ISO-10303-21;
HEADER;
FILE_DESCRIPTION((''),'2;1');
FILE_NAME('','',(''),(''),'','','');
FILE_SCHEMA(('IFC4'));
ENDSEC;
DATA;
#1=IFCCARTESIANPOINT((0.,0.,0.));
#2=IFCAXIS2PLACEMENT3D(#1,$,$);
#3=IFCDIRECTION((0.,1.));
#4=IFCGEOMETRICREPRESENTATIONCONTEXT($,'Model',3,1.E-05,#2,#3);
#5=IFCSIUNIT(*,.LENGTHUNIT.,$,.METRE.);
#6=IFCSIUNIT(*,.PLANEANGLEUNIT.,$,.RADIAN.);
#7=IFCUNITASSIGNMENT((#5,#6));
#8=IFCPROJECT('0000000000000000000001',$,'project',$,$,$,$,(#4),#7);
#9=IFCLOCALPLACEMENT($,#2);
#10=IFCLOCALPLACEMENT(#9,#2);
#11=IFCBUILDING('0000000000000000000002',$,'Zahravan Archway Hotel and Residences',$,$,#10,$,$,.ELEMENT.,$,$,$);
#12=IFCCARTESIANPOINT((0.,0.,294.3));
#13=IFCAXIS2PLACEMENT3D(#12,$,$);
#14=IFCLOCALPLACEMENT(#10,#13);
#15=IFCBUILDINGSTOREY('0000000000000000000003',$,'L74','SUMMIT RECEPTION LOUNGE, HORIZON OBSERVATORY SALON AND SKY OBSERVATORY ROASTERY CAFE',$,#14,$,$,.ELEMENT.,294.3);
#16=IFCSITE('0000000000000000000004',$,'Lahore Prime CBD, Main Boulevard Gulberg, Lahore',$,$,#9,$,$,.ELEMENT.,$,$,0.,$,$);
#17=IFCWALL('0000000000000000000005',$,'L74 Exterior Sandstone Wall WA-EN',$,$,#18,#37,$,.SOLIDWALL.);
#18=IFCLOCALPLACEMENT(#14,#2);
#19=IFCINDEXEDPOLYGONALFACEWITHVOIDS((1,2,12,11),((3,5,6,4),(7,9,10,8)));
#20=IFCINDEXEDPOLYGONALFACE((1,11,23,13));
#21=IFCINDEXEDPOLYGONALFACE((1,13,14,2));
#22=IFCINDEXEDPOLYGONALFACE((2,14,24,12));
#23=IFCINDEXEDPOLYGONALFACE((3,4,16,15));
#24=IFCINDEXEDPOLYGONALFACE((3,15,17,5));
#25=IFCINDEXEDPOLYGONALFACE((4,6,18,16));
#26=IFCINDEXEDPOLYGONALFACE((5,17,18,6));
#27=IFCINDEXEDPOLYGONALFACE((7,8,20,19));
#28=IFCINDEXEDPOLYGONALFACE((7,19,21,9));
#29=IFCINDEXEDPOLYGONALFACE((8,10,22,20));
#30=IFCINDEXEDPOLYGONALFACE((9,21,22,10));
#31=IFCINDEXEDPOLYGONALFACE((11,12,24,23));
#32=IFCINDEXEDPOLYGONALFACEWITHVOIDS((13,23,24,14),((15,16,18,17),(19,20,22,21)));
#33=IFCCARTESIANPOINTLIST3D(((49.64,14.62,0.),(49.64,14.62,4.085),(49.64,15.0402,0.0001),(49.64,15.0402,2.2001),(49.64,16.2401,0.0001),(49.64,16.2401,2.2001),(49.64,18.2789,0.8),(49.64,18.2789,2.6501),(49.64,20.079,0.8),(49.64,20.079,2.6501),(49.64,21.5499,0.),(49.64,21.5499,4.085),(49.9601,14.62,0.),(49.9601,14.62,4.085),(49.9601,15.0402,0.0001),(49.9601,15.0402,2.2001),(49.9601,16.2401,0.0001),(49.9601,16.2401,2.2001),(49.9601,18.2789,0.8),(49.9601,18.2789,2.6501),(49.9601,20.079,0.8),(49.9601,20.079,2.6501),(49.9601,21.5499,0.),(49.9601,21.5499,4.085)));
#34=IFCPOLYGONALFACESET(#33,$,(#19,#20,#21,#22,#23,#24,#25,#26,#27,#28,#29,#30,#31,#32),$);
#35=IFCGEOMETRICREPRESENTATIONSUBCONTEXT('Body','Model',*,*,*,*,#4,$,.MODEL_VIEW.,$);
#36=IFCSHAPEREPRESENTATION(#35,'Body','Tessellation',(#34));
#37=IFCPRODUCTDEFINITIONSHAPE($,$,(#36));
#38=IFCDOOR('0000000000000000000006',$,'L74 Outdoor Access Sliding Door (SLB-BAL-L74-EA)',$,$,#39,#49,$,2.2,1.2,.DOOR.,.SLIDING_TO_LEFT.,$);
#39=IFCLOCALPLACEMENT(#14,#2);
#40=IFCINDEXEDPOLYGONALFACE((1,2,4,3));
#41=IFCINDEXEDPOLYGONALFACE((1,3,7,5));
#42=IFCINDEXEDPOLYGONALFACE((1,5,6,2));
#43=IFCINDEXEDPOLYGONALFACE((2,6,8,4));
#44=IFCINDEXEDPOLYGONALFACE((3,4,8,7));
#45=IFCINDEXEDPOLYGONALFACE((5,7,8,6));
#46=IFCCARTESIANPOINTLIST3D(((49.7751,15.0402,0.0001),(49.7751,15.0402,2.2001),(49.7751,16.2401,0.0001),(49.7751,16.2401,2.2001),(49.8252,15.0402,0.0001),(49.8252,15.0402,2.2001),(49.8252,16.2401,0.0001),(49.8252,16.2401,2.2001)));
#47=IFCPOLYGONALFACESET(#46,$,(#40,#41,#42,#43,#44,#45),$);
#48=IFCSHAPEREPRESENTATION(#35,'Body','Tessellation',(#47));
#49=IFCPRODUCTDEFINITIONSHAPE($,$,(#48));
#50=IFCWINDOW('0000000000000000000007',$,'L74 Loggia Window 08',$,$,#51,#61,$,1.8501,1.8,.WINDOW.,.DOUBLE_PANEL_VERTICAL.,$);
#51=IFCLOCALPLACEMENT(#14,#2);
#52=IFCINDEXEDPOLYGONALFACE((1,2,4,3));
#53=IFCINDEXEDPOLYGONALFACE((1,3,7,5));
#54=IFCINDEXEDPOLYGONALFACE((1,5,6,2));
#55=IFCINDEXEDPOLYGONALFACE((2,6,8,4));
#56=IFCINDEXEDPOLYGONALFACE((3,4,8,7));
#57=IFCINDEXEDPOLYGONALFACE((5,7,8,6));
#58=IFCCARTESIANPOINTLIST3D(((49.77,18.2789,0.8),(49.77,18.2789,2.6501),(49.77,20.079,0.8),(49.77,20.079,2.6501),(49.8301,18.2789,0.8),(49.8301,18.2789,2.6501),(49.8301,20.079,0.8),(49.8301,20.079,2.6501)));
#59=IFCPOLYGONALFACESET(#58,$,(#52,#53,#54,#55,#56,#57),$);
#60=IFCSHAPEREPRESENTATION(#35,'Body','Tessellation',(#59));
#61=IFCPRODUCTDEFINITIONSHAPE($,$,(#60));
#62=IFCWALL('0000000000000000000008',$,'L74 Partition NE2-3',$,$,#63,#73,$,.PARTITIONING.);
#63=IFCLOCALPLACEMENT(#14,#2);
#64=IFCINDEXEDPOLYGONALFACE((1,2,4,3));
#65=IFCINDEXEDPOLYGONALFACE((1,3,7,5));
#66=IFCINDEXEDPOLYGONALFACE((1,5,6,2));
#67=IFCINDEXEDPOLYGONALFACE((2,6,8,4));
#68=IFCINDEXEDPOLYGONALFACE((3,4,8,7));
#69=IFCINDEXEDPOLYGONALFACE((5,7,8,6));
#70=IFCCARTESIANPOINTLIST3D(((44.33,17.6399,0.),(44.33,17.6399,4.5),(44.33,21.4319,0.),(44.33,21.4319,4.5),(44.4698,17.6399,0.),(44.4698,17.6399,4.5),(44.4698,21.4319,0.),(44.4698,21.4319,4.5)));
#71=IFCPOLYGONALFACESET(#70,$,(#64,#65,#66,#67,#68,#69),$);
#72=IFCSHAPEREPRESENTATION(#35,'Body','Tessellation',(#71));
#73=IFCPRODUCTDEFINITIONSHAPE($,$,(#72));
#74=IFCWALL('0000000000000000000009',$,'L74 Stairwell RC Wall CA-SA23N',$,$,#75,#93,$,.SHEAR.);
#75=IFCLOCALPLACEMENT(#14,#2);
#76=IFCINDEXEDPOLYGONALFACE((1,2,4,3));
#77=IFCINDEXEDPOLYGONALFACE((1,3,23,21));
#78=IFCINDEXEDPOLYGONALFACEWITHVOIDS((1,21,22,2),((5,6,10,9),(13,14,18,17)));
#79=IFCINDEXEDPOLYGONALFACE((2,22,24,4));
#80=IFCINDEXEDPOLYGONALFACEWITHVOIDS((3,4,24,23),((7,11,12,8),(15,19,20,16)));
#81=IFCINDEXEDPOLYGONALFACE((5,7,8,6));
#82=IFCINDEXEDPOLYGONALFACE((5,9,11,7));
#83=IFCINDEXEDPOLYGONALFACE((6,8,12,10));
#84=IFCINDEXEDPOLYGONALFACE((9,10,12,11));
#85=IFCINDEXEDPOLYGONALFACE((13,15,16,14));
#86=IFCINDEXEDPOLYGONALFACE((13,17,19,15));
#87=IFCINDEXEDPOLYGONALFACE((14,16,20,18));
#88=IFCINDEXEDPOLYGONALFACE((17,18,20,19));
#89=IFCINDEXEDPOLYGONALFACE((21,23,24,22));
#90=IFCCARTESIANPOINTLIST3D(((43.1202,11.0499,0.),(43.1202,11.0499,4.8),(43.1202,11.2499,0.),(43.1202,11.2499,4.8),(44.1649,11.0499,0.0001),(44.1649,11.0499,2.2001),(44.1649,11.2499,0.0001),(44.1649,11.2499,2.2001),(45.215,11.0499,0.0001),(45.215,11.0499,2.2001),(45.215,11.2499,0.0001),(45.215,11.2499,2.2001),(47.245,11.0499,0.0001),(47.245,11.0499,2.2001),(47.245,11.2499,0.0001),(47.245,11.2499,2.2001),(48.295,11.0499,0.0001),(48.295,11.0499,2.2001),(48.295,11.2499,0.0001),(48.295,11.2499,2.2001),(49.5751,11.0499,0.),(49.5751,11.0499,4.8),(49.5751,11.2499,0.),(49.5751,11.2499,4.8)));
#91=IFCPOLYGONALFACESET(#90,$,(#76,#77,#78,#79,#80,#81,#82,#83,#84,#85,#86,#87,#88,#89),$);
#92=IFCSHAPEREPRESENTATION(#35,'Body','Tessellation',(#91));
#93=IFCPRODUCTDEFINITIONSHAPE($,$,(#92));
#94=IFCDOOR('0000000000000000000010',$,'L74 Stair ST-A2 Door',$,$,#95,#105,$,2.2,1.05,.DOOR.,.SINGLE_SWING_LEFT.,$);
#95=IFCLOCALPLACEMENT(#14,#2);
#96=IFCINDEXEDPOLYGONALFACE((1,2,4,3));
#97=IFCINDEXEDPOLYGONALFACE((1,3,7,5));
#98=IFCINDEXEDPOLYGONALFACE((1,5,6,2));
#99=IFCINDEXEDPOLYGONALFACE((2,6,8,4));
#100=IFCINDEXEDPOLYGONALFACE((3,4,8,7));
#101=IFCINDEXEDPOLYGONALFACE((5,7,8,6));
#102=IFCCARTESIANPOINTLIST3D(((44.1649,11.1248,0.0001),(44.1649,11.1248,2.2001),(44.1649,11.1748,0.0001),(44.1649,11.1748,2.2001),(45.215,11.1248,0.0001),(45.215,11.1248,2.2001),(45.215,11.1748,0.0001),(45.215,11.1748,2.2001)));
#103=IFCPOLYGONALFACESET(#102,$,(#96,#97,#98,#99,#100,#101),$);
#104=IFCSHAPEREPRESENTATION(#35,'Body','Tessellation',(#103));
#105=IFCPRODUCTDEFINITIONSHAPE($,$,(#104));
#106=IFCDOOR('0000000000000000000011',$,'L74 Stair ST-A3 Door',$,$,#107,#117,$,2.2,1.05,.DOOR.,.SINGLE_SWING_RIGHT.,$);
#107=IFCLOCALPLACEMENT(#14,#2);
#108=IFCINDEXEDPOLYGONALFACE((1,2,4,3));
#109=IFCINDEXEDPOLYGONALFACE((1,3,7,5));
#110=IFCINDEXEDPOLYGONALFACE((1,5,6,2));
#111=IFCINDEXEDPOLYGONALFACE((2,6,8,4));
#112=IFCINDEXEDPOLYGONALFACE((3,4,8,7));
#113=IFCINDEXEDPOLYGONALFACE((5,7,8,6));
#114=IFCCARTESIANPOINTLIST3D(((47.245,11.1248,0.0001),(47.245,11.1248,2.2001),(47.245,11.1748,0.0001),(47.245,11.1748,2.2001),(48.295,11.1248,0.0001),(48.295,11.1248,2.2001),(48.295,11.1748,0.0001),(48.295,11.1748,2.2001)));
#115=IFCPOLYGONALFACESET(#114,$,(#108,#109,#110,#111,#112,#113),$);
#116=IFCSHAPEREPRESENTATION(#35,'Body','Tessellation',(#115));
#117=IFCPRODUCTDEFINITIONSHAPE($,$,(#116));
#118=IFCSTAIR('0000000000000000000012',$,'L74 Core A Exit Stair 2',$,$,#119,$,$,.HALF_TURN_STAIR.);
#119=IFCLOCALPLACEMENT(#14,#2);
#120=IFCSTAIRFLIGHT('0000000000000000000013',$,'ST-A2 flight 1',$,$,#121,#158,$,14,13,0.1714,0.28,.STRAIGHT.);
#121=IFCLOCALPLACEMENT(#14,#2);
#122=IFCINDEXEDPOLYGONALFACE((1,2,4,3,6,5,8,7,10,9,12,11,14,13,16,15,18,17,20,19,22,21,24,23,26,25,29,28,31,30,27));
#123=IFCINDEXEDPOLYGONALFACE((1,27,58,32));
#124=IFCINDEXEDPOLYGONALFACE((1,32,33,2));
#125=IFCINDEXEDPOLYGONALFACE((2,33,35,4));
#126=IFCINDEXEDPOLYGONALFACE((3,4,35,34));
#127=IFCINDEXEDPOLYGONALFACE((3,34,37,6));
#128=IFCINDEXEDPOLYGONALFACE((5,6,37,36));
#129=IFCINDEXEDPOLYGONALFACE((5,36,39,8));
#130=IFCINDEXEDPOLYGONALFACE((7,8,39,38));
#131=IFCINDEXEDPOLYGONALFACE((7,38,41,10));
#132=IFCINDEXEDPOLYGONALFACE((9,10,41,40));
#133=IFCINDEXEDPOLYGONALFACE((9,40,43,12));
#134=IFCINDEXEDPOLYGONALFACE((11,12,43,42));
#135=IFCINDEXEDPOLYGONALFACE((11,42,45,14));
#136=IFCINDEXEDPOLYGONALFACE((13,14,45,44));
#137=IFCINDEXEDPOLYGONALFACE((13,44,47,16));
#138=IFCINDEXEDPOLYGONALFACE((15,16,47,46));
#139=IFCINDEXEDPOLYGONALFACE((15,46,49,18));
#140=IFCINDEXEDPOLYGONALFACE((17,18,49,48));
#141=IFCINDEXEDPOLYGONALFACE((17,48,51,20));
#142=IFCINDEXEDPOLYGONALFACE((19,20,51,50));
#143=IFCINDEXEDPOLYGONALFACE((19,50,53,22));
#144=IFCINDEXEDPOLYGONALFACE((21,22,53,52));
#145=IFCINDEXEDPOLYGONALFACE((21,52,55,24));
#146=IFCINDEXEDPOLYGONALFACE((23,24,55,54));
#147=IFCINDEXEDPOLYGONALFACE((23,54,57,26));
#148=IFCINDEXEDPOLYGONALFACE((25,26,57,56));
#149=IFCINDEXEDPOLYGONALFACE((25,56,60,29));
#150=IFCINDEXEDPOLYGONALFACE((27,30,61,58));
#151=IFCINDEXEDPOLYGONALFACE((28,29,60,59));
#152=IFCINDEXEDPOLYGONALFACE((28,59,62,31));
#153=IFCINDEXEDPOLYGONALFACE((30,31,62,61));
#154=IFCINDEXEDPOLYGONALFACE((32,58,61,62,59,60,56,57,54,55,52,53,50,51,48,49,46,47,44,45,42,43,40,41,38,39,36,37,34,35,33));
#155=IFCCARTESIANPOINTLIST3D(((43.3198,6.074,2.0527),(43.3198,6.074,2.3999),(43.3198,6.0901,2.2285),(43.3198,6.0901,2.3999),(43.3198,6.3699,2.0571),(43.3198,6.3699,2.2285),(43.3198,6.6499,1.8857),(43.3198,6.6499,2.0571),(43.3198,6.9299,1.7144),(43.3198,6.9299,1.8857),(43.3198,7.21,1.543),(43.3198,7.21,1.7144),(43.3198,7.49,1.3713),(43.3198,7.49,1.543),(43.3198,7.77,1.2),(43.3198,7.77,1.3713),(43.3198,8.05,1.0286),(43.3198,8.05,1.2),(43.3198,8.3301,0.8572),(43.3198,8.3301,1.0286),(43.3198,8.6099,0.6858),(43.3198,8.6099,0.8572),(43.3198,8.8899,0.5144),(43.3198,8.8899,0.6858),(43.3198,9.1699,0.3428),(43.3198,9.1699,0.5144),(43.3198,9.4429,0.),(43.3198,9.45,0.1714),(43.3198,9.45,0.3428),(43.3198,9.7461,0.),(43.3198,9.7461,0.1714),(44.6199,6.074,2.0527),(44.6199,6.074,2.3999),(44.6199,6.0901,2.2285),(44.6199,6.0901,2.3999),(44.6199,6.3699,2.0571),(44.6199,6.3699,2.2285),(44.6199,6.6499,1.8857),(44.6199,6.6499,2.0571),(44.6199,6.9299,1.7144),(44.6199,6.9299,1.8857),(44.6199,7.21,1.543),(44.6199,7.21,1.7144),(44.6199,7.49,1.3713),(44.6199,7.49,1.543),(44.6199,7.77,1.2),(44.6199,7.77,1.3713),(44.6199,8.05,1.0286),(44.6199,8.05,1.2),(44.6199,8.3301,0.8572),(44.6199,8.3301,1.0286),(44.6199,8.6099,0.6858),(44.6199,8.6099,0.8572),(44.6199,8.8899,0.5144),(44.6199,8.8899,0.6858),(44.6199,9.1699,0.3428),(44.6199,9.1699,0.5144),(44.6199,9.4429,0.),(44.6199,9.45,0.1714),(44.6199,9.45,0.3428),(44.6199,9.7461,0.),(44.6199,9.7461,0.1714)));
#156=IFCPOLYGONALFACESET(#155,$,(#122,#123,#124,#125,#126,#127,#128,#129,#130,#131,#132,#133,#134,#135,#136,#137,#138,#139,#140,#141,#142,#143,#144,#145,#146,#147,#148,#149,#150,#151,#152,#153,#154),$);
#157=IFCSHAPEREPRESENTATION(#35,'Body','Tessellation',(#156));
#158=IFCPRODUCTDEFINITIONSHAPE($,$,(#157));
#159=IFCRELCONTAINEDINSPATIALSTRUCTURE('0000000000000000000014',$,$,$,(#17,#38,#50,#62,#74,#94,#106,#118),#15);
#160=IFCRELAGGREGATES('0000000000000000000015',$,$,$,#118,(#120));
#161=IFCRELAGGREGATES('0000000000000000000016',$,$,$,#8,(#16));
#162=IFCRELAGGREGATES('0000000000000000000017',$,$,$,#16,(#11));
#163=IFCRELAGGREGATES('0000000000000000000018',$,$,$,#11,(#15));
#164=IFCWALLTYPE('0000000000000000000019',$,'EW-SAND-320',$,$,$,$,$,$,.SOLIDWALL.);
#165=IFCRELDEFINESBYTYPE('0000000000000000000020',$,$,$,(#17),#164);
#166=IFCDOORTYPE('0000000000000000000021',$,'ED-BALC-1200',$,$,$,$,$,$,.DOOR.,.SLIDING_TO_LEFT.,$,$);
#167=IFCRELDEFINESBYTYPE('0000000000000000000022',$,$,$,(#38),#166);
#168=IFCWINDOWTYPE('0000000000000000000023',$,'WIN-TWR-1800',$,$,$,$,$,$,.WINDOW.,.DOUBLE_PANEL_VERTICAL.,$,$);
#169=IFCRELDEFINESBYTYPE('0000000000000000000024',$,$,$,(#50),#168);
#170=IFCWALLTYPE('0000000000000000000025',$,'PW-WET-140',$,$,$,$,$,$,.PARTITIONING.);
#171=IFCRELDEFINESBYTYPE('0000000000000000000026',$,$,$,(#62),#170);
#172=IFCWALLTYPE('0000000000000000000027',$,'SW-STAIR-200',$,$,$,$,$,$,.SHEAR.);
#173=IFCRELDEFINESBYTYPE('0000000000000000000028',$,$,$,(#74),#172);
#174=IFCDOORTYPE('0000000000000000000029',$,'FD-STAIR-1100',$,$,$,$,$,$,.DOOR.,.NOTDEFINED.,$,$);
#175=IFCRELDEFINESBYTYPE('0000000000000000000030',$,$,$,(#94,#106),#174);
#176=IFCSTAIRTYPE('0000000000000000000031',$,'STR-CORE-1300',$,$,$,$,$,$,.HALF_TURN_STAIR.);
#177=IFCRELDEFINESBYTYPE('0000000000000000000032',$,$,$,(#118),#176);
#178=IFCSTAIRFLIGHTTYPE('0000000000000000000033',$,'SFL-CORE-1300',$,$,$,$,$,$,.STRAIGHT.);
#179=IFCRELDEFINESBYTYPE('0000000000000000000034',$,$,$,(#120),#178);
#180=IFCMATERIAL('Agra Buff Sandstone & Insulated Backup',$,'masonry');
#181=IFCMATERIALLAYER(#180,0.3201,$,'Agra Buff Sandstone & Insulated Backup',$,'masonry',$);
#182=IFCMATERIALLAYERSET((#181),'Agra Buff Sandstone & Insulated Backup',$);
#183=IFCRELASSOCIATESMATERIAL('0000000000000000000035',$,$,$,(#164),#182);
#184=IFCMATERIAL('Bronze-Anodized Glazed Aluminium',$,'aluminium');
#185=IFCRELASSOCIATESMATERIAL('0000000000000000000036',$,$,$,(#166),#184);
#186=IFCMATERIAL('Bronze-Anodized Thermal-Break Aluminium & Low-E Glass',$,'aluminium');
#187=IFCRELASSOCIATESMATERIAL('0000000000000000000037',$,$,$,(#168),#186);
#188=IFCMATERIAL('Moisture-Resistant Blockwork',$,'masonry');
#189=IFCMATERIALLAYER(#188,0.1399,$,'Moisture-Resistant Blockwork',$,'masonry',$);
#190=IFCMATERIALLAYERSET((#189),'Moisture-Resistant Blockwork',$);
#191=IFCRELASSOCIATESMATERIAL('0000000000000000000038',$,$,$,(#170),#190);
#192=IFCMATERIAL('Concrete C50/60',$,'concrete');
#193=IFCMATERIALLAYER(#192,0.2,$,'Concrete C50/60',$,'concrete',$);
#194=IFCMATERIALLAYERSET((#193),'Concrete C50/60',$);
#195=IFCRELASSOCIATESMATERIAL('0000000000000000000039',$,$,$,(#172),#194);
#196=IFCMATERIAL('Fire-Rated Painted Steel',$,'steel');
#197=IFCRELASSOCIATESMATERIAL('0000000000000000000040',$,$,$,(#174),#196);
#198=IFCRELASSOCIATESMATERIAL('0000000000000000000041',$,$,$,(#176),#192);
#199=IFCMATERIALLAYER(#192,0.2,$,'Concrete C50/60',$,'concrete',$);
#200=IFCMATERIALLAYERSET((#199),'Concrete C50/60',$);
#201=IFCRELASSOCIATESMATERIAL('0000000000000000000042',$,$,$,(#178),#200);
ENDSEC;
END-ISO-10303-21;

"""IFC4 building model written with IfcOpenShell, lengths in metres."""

from ifc_helpers import new_model, si_unit, direction, frame, frame_2d, origin, place, context, subcontext, project, spatial, polyline, rectangle, outline, extrude, source, transform, mapped, material, layer, layer_set, type_object, type_shapes, element, fill, aggregate, save


model = new_model("IFC4")

# Units and contexts
model_context = context("Model", 3, precision=1e-05, world=origin(), true_north=direction((0.0, 1.0)))
body_context = subcontext(model_context, "Body", "Model", "MODEL_VIEW")
ifc_project = project(units=[si_unit("LENGTHUNIT", "METRE"), si_unit("PLANEANGLEUNIT", "RADIAN")], contexts=[model_context])

# Site, building, storey
site_placement = place(None, origin())
site = spatial("IfcSite", under=ifc_project, at=site_placement, Name="Lahore Prime CBD, Main Boulevard Gulberg, Lahore", CompositionType="ELEMENT", RefElevation=0.0)
building_placement = place(site_placement, origin())
building = spatial("IfcBuilding", under=site, at=building_placement, Name="Zahravan Archway Hotel and Residences", CompositionType="ELEMENT")
storey_placement = place(building_placement, frame((0.0, 0.0, 294.3)))
storey = spatial("IfcBuildingStorey", under=building, at=storey_placement, Name="L74", Description="SUMMIT RECEPTION LOUNGE, HORIZON OBSERVATORY SALON AND SKY OBSERVATORY ROASTERY CAFE", CompositionType="ELEMENT", Elevation=294.3)

# Shared definitions
ifc_material_1 = material(Name="Concrete C50/60", Category="concrete")

# Wall, openings, door, window
ifc_material_2 = material(Name="Agra Buff Sandstone & Insulated Backup", Category="masonry")
ifc_layer_1 = layer(ifc_material_2, 0.3201, Name="Agra Buff Sandstone & Insulated Backup", Category="masonry")
ifc_layer_set_1 = layer_set([ifc_layer_1], Name="Agra Buff Sandstone & Insulated Backup")
wall_type_1 = type_object("IfcWallType", Name="EW-SAND-320", PredefinedType="SOLIDWALL", material=ifc_layer_set_1)
wall_1_placement = place(storey_placement, frame((49.8, 14.6201, 0.0), z_axis=(0.0, 0.0, 1.0), x_axis=(0.0, 1.0, 0.0)))
wall_1 = element("IfcWall", 1, at=wall_1_placement, inside=storey, type_object=wall_type_1, Name="L74 Exterior Sandstone Wall WA-EN", PredefinedType="SOLIDWALL", context=body_context, shape_type="SweptSolid", body=[
    extrude(rectangle(XDim=6.9299, YDim=0.3201, at=frame_2d((3.4648, 0.0))), origin(), (0.0, 0.0, 1.0), 4.085),
])
opening_1_placement = place(wall_1_placement, frame((0.4199, 0.0, 0.0)))
opening_1 = element("IfcOpeningElement", 2, at=opening_1_placement, cuts=wall_1, PredefinedType="OPENING", context=body_context, shape_type="SweptSolid", body=[
    extrude(rectangle(XDim=1.2, YDim=2.2, at=frame_2d((0.6001, 1.1001))), frame((0.0, 0.1699, 0.0), z_axis=(0.0, -1.0, 0.0), x_axis=(1.0, 0.0, 0.0)), (0.0, 0.0, 1.0), 0.3401),
])
opening_2_placement = place(wall_1_placement, frame((3.6589, 0.0, 0.8)))
opening_2 = element("IfcOpeningElement", 3, at=opening_2_placement, cuts=wall_1, PredefinedType="OPENING", context=body_context, shape_type="SweptSolid", body=[
    extrude(rectangle(XDim=1.8, YDim=1.8501, at=frame_2d((0.8999, 0.925))), frame((0.0, 0.1699, 0.0), z_axis=(0.0, -1.0, 0.0), x_axis=(1.0, 0.0, 0.0)), (0.0, 0.0, 1.0), 0.3401),
])
ifc_material_3 = material(Name="Bronze-Anodized Glazed Aluminium", Category="aluminium")
door_type_1 = type_object("IfcDoorType", Name="ED-BALC-1200", OperationType="SLIDING_TO_LEFT", PredefinedType="DOOR", material=ifc_material_3)
shared_shape_1 = source(origin(), body_context, "Body", "SweptSolid", [
    extrude(rectangle(XDim=1.2, YDim=2.2, at=frame_2d((0.6001, 1.1001))), frame((0.0, 0.0249, 0.0), z_axis=(0.0, -1.0, 0.0), x_axis=(1.0, 0.0, 0.0)), (0.0, 0.0, 1.0), 0.05),
])
type_shapes(door_type_1, [shared_shape_1])
door_1_placement = place(opening_1_placement, origin())
door_1 = element("IfcDoor", 4, at=door_1_placement, inside=storey, type_object=door_type_1, Name="L74 Outdoor Access Sliding Door (SLB-BAL-L74-EA)", OperationType="SLIDING_TO_LEFT", OverallHeight=2.2, OverallWidth=1.2, PredefinedType="DOOR", context=body_context, shape_type="MappedRepresentation", body=[
    mapped(shared_shape_1, transform((0.0, 0.0, 0.0), scale=1.0)),
])
fill(opening_1, door_1)
ifc_material_4 = material(Name="Bronze-Anodized Thermal-Break Aluminium & Low-E Glass", Category="aluminium")
window_type = type_object("IfcWindowType", Name="WIN-TWR-1800", PartitioningType="DOUBLE_PANEL_VERTICAL", PredefinedType="WINDOW", material=ifc_material_4)
shared_shape_2 = source(origin(), body_context, "Body", "SweptSolid", [
    extrude(rectangle(XDim=1.8, YDim=1.8501, at=frame_2d((0.8999, 0.925))), frame((0.0, 0.03, 0.0), z_axis=(0.0, -1.0, 0.0), x_axis=(1.0, 0.0, 0.0)), (0.0, 0.0, 1.0), 0.0601),
])
type_shapes(window_type, [shared_shape_2])
window_placement = place(opening_2_placement, origin())
window = element("IfcWindow", 5, at=window_placement, inside=storey, type_object=window_type, Name="L74 Loggia Window 08", OverallHeight=1.8501, OverallWidth=1.8, PartitioningType="DOUBLE_PANEL_VERTICAL", PredefinedType="WINDOW", context=body_context, shape_type="MappedRepresentation", body=[
    mapped(shared_shape_2, transform((0.0, 0.0, 0.0), scale=1.0)),
])
fill(opening_2, window)

# Shared definitions
ifc_material_5 = material(Name="Fire-Rated Painted Steel", Category="steel")

# Wall
ifc_material_6 = material(Name="Moisture-Resistant Blockwork", Category="masonry")
ifc_layer_2 = layer(ifc_material_6, 0.1399, Name="Moisture-Resistant Blockwork", Category="masonry")
ifc_layer_set_2 = layer_set([ifc_layer_2], Name="Moisture-Resistant Blockwork")
wall_type_2 = type_object("IfcWallType", Name="PW-WET-140", PredefinedType="PARTITIONING", material=ifc_layer_set_2)
wall_2_placement = place(storey_placement, frame((44.3999, 17.6399, 0.0), z_axis=(0.0, 0.0, 1.0), x_axis=(0.0, 1.0, 0.0)))
element("IfcWall", 6, at=wall_2_placement, inside=storey, type_object=wall_type_2, Name="L74 Partition NE2-3", PredefinedType="PARTITIONING", context=body_context, shape_type="SweptSolid", body=[
    extrude(rectangle(XDim=3.792, YDim=0.1399, at=frame_2d((1.896, 0.0))), origin(), (0.0, 0.0, 1.0), 4.5),
])

# Wall, openings, doors
ifc_layer_3 = layer(ifc_material_1, 0.2, Name="Concrete C50/60", Category="concrete")
ifc_layer_set_3 = layer_set([ifc_layer_3], Name="Concrete C50/60")
wall_type_3 = type_object("IfcWallType", Name="SW-STAIR-200", PredefinedType="SHEAR", material=ifc_layer_set_3)
wall_3_placement = place(storey_placement, frame((43.1201, 11.1499, 0.0), z_axis=(0.0, 0.0, 1.0), x_axis=(1.0, 0.0, 0.0)))
wall_3 = element("IfcWall", 7, at=wall_3_placement, inside=storey, type_object=wall_type_3, Name="L74 Stairwell RC Wall CA-SA23N", PredefinedType="SHEAR", context=body_context, shape_type="SweptSolid", body=[
    extrude(rectangle(XDim=6.4548, YDim=0.2, at=frame_2d((3.2275, 0.0))), origin(), (0.0, 0.0, 1.0), 4.8),
])
opening_3_placement = place(wall_3_placement, frame((1.0449, 0.0, 0.0)))
opening_3 = element("IfcOpeningElement", 8, at=opening_3_placement, cuts=wall_3, PredefinedType="OPENING", context=body_context, shape_type="SweptSolid", body=[
    extrude(rectangle(XDim=1.05, YDim=2.2, at=frame_2d((0.5249, 1.1001))), frame((0.0, 0.1099, 0.0), z_axis=(0.0, -1.0, 0.0), x_axis=(1.0, 0.0, 0.0)), (0.0, 0.0, 1.0), 0.22),
])
opening_4_placement = place(wall_3_placement, frame((4.125, 0.0, 0.0)))
opening_4 = element("IfcOpeningElement", 9, at=opening_4_placement, cuts=wall_3, PredefinedType="OPENING", context=body_context, shape_type="SweptSolid", body=[
    extrude(rectangle(XDim=1.05, YDim=2.2, at=frame_2d((0.5249, 1.1001))), frame((0.0, 0.1099, 0.0), z_axis=(0.0, -1.0, 0.0), x_axis=(1.0, 0.0, 0.0)), (0.0, 0.0, 1.0), 0.22),
])
door_type_2 = type_object("IfcDoorType", Name="FD-STAIR-1100", OperationType="NOTDEFINED", PredefinedType="DOOR", material=ifc_material_5)
shared_shape_3 = source(origin(), body_context, "Body", "SweptSolid", [
    extrude(rectangle(XDim=1.05, YDim=2.2, at=frame_2d((0.5249, 1.1001))), frame((0.0, 0.0249, 0.0), z_axis=(0.0, -1.0, 0.0), x_axis=(1.0, 0.0, 0.0)), (0.0, 0.0, 1.0), 0.05),
])
type_shapes(door_type_2, [shared_shape_3])
door_2_placement = place(opening_3_placement, origin())
door_2 = element("IfcDoor", 10, at=door_2_placement, inside=storey, type_object=door_type_2, Name="L74 Stair ST-A2 Door", OperationType="SINGLE_SWING_LEFT", OverallHeight=2.2, OverallWidth=1.05, PredefinedType="DOOR", context=body_context, shape_type="MappedRepresentation", body=[
    mapped(shared_shape_3, transform((0.0, 0.0, 0.0), scale=1.0)),
])
fill(opening_3, door_2)
door_3_placement = place(opening_4_placement, origin())
door_3 = element("IfcDoor", 11, at=door_3_placement, inside=storey, type_object=door_type_2, Name="L74 Stair ST-A3 Door", OperationType="SINGLE_SWING_RIGHT", OverallHeight=2.2, OverallWidth=1.05, PredefinedType="DOOR", context=body_context, shape_type="MappedRepresentation", body=[
    mapped(shared_shape_3, transform((0.0, 0.0, 0.0), scale=1.0)),
])
fill(opening_4, door_3)

# Stair, stair flight
stair_type = type_object("IfcStairType", Name="STR-CORE-1300", PredefinedType="HALF_TURN_STAIR", material=ifc_material_1)
stair_1_placement = place(storey_placement, origin())
stair_1 = element("IfcStair", 12, at=stair_1_placement, inside=storey, type_object=stair_type, Name="L74 Core A Exit Stair 2", PredefinedType="HALF_TURN_STAIR")
ifc_layer_4 = layer(ifc_material_1, 0.2, Name="Concrete C50/60", Category="concrete")
ifc_layer_set_4 = layer_set([ifc_layer_4], Name="Concrete C50/60")
stair_flight_type = type_object("IfcStairFlightType", Name="SFL-CORE-1300", PredefinedType="STRAIGHT", material=ifc_layer_set_4)
shared_shape_4 = source(origin(), body_context, "Body", "SweptSolid", [
    extrude(outline(polyline([(-0.0161, 0.0), (-0.0161, 0.1714), (0.28, 0.1714), (0.28, 0.3428), (0.5601, 0.3428), (0.5601, 0.5144), (0.8401, 0.5144), (0.8401, 0.6858), (1.1201, 0.6858), (1.1201, 0.8572), (1.3999, 0.8572), (1.3999, 1.0286), (1.6799, 1.0286), (1.6799, 1.2), (1.96, 1.2), (1.96, 1.3713), (2.24, 1.3713), (2.24, 1.543), (2.52, 1.543), (2.52, 1.7144), (2.8, 1.7144), (2.8, 1.8857), (3.0801, 1.8857), (3.0801, 2.0571), (3.3601, 2.0571), (3.3601, 2.2285), (3.6399, 2.2285), (3.6399, 2.3999), (3.656, 2.3999), (3.656, 2.0527), (0.2871, 0.0), (-0.0161, 0.0)])), frame((0.0, 0.6499, 0.0), z_axis=(0.0, -1.0, 0.0), x_axis=(1.0, 0.0, 0.0)), (0.0, 0.0, 1.0), 1.3),
])
stair_flight_1_placement = place(storey_placement, frame((43.97, 9.73, 0.0), z_axis=(0.0, 0.0, 1.0), x_axis=(0.0, -1.0, 0.0)))
stair_flight_1 = element("IfcStairFlight", 13, at=stair_flight_1_placement, type_object=stair_flight_type, Name="ST-A2 flight 1", NumberOfRisers=14, NumberOfTreads=13, PredefinedType="STRAIGHT", RiserHeight=0.1714, TreadLength=0.28, context=body_context, shape_type="MappedRepresentation", body=[
    mapped(shared_shape_4, transform((0.0, 0.0, 0.0), scale=1.0)),
])
aggregate(stair_1, [stair_flight_1])

save(model, "model.ifc")
